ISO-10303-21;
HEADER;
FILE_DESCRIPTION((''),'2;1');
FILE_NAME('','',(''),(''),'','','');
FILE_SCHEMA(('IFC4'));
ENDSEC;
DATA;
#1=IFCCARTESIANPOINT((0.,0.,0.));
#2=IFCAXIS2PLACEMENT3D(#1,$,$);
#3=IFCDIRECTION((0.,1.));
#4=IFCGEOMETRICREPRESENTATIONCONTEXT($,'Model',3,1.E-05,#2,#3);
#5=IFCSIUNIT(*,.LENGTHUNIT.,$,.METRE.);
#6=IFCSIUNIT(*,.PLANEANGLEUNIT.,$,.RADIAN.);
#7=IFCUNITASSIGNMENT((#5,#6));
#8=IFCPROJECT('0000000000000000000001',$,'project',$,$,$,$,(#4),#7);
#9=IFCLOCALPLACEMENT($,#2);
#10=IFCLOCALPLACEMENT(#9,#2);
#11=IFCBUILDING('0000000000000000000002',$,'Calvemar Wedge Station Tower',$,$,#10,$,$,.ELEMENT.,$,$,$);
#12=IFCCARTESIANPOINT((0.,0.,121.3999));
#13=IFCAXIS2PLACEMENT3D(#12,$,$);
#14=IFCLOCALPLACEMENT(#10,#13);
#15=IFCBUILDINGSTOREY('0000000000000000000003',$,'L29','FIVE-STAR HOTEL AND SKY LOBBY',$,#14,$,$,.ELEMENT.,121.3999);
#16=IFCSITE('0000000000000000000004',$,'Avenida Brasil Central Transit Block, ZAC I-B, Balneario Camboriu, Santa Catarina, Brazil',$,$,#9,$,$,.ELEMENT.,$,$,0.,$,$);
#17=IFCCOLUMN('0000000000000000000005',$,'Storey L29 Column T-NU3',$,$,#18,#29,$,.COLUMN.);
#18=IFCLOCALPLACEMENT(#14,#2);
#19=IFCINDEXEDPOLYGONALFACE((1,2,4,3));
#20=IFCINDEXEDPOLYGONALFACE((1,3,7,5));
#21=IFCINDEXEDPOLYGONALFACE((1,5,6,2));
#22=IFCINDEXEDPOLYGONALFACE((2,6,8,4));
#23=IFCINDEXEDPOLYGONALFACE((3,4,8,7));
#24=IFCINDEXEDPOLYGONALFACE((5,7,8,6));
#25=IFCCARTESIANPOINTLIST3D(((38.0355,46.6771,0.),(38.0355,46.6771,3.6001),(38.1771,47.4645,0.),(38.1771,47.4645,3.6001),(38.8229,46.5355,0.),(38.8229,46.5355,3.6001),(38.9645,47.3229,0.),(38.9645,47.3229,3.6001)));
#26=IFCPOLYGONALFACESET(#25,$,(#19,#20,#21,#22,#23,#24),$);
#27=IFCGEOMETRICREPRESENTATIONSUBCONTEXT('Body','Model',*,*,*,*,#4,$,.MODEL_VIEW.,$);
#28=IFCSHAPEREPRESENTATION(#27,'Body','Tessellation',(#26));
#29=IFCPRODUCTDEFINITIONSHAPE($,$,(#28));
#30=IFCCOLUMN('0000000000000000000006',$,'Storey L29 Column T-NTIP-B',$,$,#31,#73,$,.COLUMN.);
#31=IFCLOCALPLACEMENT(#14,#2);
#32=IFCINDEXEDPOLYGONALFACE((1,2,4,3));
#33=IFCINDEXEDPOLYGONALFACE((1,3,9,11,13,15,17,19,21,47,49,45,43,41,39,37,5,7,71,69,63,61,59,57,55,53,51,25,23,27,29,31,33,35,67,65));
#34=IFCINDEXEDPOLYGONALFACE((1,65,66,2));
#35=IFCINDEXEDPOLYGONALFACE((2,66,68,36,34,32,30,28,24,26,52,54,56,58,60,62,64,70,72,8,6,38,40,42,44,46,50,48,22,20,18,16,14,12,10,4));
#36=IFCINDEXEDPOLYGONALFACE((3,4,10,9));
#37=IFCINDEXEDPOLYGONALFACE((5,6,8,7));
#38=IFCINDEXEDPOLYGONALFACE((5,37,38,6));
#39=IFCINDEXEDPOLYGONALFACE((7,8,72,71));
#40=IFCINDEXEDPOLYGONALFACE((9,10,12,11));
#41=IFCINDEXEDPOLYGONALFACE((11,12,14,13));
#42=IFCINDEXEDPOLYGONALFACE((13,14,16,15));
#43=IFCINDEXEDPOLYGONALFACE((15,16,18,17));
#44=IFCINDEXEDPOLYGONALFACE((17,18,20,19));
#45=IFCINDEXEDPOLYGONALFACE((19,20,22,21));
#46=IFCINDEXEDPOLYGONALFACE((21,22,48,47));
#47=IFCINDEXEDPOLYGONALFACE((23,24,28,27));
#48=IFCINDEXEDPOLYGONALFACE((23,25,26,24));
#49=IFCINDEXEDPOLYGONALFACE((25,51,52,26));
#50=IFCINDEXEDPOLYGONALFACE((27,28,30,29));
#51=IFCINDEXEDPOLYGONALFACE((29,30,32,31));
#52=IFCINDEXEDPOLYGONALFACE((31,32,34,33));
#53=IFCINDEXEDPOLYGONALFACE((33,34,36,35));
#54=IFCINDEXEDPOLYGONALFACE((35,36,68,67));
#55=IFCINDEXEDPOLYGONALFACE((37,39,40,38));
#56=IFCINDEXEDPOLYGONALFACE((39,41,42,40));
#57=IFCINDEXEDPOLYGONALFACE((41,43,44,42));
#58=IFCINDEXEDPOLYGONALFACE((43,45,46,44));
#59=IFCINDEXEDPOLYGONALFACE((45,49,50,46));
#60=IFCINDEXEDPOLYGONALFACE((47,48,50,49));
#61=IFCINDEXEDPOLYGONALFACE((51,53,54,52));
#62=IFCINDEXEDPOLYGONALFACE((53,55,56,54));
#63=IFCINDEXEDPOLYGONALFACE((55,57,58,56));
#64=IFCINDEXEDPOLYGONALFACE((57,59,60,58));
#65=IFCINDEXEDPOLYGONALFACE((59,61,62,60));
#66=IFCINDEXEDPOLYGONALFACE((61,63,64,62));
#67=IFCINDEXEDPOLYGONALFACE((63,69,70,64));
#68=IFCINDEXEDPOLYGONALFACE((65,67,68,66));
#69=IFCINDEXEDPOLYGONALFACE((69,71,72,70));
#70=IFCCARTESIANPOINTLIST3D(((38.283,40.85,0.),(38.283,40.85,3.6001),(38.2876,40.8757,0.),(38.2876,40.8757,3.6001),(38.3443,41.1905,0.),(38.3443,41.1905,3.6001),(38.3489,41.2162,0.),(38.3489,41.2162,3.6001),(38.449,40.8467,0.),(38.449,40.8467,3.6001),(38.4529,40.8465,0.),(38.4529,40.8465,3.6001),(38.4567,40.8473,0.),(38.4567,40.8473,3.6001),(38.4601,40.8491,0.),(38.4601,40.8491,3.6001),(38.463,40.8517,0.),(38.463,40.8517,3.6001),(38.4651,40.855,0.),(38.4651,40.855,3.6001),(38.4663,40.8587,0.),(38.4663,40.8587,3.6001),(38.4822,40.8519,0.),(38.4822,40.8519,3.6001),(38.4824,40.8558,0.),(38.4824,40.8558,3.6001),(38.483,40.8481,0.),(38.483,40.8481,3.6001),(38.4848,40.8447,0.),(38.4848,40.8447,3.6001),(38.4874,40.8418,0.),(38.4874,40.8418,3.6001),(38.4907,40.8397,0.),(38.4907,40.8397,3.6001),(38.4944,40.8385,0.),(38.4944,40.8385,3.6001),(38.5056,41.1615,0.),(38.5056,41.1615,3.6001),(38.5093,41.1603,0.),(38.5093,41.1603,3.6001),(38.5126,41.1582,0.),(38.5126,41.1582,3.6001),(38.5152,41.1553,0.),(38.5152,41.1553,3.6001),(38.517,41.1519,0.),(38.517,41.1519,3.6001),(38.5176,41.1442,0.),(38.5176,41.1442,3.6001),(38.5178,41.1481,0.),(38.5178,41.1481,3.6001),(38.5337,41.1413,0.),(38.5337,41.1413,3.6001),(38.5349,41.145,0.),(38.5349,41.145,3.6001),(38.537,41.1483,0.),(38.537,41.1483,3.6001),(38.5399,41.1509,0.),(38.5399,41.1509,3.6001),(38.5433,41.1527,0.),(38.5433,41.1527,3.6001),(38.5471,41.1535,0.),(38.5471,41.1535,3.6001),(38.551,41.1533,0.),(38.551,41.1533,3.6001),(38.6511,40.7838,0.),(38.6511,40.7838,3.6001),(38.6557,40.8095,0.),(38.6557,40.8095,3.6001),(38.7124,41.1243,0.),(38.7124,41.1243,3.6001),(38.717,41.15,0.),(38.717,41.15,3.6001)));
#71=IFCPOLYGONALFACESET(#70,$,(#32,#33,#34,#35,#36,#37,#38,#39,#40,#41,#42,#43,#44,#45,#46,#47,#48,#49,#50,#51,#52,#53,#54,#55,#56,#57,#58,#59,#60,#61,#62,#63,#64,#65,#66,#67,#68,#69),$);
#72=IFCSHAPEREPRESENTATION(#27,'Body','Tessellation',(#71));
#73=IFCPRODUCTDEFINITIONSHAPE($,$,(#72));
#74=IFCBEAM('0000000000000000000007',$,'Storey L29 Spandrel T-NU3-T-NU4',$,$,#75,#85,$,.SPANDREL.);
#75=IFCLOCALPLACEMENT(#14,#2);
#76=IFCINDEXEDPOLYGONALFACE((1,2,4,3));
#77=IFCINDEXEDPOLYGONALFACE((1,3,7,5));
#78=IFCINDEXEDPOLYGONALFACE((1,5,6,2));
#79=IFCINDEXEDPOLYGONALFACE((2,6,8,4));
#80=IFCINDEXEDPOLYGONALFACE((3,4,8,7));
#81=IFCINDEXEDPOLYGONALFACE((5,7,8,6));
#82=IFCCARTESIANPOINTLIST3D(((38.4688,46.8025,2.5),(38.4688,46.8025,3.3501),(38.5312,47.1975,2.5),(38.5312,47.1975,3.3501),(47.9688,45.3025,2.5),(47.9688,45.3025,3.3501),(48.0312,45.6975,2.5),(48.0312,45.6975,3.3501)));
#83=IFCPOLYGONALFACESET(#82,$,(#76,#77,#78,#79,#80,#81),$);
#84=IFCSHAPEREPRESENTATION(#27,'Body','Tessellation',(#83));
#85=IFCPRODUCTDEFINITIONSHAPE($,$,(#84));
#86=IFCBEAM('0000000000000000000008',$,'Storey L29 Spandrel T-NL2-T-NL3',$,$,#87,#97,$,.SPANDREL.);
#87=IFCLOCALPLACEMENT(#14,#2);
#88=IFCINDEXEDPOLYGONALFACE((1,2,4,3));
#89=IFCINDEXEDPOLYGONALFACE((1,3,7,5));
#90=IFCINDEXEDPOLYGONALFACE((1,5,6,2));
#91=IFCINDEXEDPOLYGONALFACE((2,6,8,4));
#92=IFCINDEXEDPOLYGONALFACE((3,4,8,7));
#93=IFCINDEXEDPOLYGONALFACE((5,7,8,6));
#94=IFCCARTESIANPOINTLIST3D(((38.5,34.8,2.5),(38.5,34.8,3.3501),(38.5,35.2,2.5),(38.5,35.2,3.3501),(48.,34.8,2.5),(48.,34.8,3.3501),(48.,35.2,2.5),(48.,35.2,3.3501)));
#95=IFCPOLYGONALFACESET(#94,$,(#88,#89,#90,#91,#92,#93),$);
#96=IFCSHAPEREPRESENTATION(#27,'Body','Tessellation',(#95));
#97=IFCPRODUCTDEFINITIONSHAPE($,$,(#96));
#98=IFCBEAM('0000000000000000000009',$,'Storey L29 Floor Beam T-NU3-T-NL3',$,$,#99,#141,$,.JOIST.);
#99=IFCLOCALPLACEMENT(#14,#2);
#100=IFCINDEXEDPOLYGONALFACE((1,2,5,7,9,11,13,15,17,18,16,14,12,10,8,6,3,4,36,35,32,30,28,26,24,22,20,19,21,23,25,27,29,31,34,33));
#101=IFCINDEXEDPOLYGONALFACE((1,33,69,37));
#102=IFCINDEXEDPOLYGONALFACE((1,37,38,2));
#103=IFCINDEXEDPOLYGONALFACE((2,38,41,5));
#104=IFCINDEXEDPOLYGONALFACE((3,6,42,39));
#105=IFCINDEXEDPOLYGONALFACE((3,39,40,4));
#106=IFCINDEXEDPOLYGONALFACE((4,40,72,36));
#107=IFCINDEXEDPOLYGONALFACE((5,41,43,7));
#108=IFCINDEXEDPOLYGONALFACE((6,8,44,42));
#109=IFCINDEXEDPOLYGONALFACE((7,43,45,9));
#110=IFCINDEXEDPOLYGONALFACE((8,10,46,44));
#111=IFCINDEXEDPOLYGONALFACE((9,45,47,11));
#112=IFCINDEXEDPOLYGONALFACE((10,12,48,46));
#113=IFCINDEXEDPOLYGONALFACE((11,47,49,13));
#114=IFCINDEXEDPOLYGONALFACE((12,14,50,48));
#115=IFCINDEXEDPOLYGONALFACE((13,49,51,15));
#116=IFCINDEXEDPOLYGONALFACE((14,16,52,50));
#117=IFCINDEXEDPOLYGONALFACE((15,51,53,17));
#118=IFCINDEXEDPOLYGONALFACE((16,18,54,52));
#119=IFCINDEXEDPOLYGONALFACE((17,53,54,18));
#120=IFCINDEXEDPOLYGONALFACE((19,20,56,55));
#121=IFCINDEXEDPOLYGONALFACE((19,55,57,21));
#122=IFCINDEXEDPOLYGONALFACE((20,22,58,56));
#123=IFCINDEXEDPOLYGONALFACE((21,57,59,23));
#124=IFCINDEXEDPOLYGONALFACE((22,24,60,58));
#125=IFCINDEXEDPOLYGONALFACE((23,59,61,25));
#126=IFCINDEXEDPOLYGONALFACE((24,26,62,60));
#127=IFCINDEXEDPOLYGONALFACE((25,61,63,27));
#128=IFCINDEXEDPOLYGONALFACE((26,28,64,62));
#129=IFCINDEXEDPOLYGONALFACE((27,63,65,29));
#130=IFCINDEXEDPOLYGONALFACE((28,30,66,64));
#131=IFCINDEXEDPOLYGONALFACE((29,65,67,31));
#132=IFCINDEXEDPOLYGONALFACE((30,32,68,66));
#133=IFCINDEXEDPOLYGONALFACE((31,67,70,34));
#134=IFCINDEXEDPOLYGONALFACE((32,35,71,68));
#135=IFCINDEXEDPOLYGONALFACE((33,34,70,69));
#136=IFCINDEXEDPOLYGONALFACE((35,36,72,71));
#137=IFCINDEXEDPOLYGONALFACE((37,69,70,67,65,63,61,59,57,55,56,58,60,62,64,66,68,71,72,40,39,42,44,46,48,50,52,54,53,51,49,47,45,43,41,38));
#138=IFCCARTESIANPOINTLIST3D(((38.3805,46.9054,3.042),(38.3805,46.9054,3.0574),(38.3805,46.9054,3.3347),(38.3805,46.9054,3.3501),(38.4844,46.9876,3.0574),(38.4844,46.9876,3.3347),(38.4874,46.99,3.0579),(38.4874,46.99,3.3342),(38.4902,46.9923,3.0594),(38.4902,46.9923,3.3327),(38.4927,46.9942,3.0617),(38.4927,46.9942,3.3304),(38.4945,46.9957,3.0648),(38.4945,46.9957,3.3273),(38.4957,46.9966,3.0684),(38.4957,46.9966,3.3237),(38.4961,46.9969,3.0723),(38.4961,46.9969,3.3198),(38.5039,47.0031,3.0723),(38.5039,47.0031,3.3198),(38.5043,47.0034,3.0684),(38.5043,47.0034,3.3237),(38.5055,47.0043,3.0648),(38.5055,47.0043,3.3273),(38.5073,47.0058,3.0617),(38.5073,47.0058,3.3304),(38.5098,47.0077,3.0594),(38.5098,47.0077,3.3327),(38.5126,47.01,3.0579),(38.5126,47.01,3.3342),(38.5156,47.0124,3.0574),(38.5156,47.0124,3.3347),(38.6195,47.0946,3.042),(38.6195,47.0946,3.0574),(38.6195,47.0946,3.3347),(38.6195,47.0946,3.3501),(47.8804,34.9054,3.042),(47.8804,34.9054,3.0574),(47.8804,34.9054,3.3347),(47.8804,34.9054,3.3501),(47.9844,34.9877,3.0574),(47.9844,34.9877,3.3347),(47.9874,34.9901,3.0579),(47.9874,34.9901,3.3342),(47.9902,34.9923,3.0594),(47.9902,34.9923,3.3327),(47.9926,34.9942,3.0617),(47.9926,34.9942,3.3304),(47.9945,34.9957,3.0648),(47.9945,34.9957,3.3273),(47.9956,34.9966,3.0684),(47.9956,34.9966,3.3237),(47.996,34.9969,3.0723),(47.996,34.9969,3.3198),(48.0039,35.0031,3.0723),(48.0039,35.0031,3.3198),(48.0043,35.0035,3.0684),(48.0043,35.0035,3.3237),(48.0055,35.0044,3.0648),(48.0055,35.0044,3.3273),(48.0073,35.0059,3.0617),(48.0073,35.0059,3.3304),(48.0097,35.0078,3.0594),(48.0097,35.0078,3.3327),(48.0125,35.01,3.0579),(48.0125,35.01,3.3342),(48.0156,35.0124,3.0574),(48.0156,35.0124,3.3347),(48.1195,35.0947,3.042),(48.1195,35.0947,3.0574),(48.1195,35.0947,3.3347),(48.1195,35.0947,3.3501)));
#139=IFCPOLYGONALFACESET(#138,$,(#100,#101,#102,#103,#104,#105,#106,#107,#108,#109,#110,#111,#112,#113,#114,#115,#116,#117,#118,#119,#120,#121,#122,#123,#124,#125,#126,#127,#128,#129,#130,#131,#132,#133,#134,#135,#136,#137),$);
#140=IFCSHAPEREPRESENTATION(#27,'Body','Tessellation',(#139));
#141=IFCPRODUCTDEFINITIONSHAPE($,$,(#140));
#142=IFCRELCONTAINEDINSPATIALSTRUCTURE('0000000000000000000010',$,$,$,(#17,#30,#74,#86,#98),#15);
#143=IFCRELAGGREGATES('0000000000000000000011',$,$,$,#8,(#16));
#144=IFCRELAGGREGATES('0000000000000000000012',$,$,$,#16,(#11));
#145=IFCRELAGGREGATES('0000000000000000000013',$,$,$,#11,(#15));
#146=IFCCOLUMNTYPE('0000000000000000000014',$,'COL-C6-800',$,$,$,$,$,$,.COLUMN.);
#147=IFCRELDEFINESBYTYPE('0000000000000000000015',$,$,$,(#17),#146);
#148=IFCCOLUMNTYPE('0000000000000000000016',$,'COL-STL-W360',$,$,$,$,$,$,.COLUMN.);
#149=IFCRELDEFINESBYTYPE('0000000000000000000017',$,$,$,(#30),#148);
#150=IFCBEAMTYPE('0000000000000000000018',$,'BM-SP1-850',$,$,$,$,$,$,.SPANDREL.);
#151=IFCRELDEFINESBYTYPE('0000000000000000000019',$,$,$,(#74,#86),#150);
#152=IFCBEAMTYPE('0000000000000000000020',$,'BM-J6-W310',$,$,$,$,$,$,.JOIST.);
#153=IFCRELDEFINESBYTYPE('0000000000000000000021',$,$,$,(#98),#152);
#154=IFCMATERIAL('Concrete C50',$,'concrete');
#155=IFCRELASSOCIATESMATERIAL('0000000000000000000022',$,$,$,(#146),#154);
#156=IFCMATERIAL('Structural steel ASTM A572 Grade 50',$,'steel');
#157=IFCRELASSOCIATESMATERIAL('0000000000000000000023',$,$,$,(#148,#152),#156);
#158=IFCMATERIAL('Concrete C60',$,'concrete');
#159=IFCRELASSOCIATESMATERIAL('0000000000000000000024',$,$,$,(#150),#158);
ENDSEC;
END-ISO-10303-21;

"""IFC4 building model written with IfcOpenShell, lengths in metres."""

from ifc_helpers import new_model, si_unit, direction, frame, origin, origin_2d, place, context, subcontext, project, spatial, rectangle, i_section, extrude, source, transform, mapped, material, material_profile, profile_set, type_object, element, save


model = new_model("IFC4")

# Units and contexts
model_context = context("Model", 3, precision=1e-05, world=origin(), true_north=direction((0.0, 1.0)))
body_context = subcontext(model_context, "Body", "Model", "MODEL_VIEW")
ifc_project = project(units=[si_unit("LENGTHUNIT", "METRE"), si_unit("PLANEANGLEUNIT", "RADIAN")], contexts=[model_context])

# Site, building, storey
site_placement = place(None, origin())
site = spatial("IfcSite", under=ifc_project, at=site_placement, Name="Avenida Brasil Central Transit Block, ZAC I-B, Balneario Camboriu, Santa Catarina, Brazil", CompositionType="ELEMENT", RefElevation=0.0)
building_placement = place(site_placement, origin())
building = spatial("IfcBuilding", under=site, at=building_placement, Name="Calvemar Wedge Station Tower", CompositionType="ELEMENT")
storey_placement = place(building_placement, frame((0.0, 0.0, 121.3999)))
storey = spatial("IfcBuildingStorey", under=building, at=storey_placement, Name="L29", Description="FIVE-STAR HOTEL AND SKY LOBBY", CompositionType="ELEMENT", Elevation=121.3999)

# Columns
ifc_material_1 = material(Name="Concrete C50", Category="concrete")
ifc_material_profile_1 = material_profile(ifc_material_1, rectangle(XDim=0.8, YDim=0.8, at=origin_2d()), Name="RC800x800")
ifc_profile_set_1 = profile_set([ifc_material_profile_1], Name="Concrete C50")
column_type_1 = type_object("IfcColumnType", Name="COL-C6-800", PredefinedType="COLUMN", material=ifc_profile_set_1)
shared_shape_1 = source(origin(), body_context, "Body", "SweptSolid", [
    extrude(rectangle(XDim=0.8, YDim=0.8, at=origin_2d()), origin(), (0.0, 0.0, 1.0), 3.6001),
])
column_1_placement = place(storey_placement, frame((38.5, 47.0, 0.0), z_axis=(0.0, 0.0, 1.0), x_axis=(0.984196, -0.177085, 0.0)))
element("IfcColumn", 1, at=column_1_placement, inside=storey, type_object=column_type_1, Name="Storey L29 Column T-NU3", PredefinedType="COLUMN", context=body_context, shape_type="MappedRepresentation", body=[
    mapped(shared_shape_1, transform((0.0, 0.0, 0.0), scale=1.0)),
])
ifc_material_2 = material(Name="Structural steel ASTM A572 Grade 50", Category="steel")
ifc_material_profile_2 = material_profile(ifc_material_2, i_section(OverallWidth=0.374, OverallDepth=0.3721, WebThickness=0.0164, FlangeThickness=0.0261, FilletRadius=0.0149, at=origin_2d()), Name="W360x196")
ifc_profile_set_2 = profile_set([ifc_material_profile_2], Name="Structural steel ASTM A572 Grade 50")
column_type_2 = type_object("IfcColumnType", Name="COL-STL-W360", PredefinedType="COLUMN", material=ifc_profile_set_2)
shared_shape_2 = source(origin(), body_context, "Body", "SweptSolid", [
    extrude(i_section(OverallWidth=0.374, OverallDepth=0.3721, WebThickness=0.0164, FlangeThickness=0.0261, FilletRadius=0.0149, at=origin_2d()), origin(), (0.0, 0.0, 1.0), 3.6001),
])
column_2_placement = place(storey_placement, frame((38.5, 41.0, 0.0), z_axis=(0.0, 0.0, 1.0), x_axis=(0.984196, -0.177085, 0.0)))
element("IfcColumn", 2, at=column_2_placement, inside=storey, type_object=column_type_2, Name="Storey L29 Column T-NTIP-B", PredefinedType="COLUMN", context=body_context, shape_type="MappedRepresentation", body=[
    mapped(shared_shape_2, transform((0.0, 0.0, 0.0), scale=1.0)),
])

# Beams
ifc_material_3 = material(Name="Concrete C60", Category="concrete")
ifc_material_profile_3 = material_profile(ifc_material_3, rectangle(XDim=0.3999, YDim=0.8501, at=origin_2d()), Name="RC400x850")
ifc_profile_set_3 = profile_set([ifc_material_profile_3], Name="Concrete C60")
beam_type_1 = type_object("IfcBeamType", Name="BM-SP1-850", PredefinedType="SPANDREL", material=ifc_profile_set_3)
shared_shape_3 = source(origin(), body_context, "Body", "SweptSolid", [
    extrude(rectangle(XDim=0.3999, YDim=0.8501, at=origin_2d()), origin(), (0.0, 0.0, 1.0), 9.6177),
])
beam_1_placement = place(storey_placement, frame((38.5, 47.0, 2.925), z_axis=(0.987763, -0.155963, 0.0), x_axis=(0.155963, 0.987763, 0.0)))
element("IfcBeam", 3, at=beam_1_placement, inside=storey, type_object=beam_type_1, Name="Storey L29 Spandrel T-NU3-T-NU4", PredefinedType="SPANDREL", context=body_context, shape_type="MappedRepresentation", body=[
    mapped(shared_shape_3, transform((0.0, 0.0, 0.0), scale=1.0)),
])
shared_shape_4 = source(origin(), body_context, "Body", "SweptSolid", [
    extrude(rectangle(XDim=0.3999, YDim=0.8501, at=origin_2d()), origin(), (0.0, 0.0, 1.0), 9.5),
])
beam_2_placement = place(storey_placement, frame((38.5, 35.0, 2.925), z_axis=(1.0, 0.0, 0.0), x_axis=(0.0, 1.0, 0.0)))
element("IfcBeam", 4, at=beam_2_placement, inside=storey, type_object=beam_type_1, Name="Storey L29 Spandrel T-NL2-T-NL3", PredefinedType="SPANDREL", context=body_context, shape_type="MappedRepresentation", body=[
    mapped(shared_shape_4, transform((0.0, 0.0, 0.0), scale=1.0)),
])
ifc_material_profile_4 = material_profile(ifc_material_2, i_section(OverallWidth=0.3049, OverallDepth=0.3081, WebThickness=0.01, FlangeThickness=0.0154, FilletRadius=0.0149, at=origin_2d()), Name="W310x97")
ifc_profile_set_4 = profile_set([ifc_material_profile_4], Name="Structural steel ASTM A572 Grade 50")
beam_type_2 = type_object("IfcBeamType", Name="BM-J6-W310", PredefinedType="JOIST", material=ifc_profile_set_4)
shared_shape_5 = source(origin(), body_context, "Body", "SweptSolid", [
    extrude(i_section(OverallWidth=0.3049, OverallDepth=0.3081, WebThickness=0.01, FlangeThickness=0.0154, FilletRadius=0.0149, at=origin_2d()), origin(), (0.0, 0.0, 1.0), 15.3052),
])
beam_3_placement = place(storey_placement, frame((38.5, 47.0, 3.196), z_axis=(0.620703, -0.784046, 0.0), x_axis=(0.784046, 0.620703, 0.0)))
element("IfcBeam", 5, at=beam_3_placement, inside=storey, type_object=beam_type_2, Name="Storey L29 Floor Beam T-NU3-T-NL3", PredefinedType="JOIST", context=body_context, shape_type="MappedRepresentation", body=[
    mapped(shared_shape_5, transform((0.0, 0.0, 0.0), scale=1.0)),
])

save(model, "model.ifc")
